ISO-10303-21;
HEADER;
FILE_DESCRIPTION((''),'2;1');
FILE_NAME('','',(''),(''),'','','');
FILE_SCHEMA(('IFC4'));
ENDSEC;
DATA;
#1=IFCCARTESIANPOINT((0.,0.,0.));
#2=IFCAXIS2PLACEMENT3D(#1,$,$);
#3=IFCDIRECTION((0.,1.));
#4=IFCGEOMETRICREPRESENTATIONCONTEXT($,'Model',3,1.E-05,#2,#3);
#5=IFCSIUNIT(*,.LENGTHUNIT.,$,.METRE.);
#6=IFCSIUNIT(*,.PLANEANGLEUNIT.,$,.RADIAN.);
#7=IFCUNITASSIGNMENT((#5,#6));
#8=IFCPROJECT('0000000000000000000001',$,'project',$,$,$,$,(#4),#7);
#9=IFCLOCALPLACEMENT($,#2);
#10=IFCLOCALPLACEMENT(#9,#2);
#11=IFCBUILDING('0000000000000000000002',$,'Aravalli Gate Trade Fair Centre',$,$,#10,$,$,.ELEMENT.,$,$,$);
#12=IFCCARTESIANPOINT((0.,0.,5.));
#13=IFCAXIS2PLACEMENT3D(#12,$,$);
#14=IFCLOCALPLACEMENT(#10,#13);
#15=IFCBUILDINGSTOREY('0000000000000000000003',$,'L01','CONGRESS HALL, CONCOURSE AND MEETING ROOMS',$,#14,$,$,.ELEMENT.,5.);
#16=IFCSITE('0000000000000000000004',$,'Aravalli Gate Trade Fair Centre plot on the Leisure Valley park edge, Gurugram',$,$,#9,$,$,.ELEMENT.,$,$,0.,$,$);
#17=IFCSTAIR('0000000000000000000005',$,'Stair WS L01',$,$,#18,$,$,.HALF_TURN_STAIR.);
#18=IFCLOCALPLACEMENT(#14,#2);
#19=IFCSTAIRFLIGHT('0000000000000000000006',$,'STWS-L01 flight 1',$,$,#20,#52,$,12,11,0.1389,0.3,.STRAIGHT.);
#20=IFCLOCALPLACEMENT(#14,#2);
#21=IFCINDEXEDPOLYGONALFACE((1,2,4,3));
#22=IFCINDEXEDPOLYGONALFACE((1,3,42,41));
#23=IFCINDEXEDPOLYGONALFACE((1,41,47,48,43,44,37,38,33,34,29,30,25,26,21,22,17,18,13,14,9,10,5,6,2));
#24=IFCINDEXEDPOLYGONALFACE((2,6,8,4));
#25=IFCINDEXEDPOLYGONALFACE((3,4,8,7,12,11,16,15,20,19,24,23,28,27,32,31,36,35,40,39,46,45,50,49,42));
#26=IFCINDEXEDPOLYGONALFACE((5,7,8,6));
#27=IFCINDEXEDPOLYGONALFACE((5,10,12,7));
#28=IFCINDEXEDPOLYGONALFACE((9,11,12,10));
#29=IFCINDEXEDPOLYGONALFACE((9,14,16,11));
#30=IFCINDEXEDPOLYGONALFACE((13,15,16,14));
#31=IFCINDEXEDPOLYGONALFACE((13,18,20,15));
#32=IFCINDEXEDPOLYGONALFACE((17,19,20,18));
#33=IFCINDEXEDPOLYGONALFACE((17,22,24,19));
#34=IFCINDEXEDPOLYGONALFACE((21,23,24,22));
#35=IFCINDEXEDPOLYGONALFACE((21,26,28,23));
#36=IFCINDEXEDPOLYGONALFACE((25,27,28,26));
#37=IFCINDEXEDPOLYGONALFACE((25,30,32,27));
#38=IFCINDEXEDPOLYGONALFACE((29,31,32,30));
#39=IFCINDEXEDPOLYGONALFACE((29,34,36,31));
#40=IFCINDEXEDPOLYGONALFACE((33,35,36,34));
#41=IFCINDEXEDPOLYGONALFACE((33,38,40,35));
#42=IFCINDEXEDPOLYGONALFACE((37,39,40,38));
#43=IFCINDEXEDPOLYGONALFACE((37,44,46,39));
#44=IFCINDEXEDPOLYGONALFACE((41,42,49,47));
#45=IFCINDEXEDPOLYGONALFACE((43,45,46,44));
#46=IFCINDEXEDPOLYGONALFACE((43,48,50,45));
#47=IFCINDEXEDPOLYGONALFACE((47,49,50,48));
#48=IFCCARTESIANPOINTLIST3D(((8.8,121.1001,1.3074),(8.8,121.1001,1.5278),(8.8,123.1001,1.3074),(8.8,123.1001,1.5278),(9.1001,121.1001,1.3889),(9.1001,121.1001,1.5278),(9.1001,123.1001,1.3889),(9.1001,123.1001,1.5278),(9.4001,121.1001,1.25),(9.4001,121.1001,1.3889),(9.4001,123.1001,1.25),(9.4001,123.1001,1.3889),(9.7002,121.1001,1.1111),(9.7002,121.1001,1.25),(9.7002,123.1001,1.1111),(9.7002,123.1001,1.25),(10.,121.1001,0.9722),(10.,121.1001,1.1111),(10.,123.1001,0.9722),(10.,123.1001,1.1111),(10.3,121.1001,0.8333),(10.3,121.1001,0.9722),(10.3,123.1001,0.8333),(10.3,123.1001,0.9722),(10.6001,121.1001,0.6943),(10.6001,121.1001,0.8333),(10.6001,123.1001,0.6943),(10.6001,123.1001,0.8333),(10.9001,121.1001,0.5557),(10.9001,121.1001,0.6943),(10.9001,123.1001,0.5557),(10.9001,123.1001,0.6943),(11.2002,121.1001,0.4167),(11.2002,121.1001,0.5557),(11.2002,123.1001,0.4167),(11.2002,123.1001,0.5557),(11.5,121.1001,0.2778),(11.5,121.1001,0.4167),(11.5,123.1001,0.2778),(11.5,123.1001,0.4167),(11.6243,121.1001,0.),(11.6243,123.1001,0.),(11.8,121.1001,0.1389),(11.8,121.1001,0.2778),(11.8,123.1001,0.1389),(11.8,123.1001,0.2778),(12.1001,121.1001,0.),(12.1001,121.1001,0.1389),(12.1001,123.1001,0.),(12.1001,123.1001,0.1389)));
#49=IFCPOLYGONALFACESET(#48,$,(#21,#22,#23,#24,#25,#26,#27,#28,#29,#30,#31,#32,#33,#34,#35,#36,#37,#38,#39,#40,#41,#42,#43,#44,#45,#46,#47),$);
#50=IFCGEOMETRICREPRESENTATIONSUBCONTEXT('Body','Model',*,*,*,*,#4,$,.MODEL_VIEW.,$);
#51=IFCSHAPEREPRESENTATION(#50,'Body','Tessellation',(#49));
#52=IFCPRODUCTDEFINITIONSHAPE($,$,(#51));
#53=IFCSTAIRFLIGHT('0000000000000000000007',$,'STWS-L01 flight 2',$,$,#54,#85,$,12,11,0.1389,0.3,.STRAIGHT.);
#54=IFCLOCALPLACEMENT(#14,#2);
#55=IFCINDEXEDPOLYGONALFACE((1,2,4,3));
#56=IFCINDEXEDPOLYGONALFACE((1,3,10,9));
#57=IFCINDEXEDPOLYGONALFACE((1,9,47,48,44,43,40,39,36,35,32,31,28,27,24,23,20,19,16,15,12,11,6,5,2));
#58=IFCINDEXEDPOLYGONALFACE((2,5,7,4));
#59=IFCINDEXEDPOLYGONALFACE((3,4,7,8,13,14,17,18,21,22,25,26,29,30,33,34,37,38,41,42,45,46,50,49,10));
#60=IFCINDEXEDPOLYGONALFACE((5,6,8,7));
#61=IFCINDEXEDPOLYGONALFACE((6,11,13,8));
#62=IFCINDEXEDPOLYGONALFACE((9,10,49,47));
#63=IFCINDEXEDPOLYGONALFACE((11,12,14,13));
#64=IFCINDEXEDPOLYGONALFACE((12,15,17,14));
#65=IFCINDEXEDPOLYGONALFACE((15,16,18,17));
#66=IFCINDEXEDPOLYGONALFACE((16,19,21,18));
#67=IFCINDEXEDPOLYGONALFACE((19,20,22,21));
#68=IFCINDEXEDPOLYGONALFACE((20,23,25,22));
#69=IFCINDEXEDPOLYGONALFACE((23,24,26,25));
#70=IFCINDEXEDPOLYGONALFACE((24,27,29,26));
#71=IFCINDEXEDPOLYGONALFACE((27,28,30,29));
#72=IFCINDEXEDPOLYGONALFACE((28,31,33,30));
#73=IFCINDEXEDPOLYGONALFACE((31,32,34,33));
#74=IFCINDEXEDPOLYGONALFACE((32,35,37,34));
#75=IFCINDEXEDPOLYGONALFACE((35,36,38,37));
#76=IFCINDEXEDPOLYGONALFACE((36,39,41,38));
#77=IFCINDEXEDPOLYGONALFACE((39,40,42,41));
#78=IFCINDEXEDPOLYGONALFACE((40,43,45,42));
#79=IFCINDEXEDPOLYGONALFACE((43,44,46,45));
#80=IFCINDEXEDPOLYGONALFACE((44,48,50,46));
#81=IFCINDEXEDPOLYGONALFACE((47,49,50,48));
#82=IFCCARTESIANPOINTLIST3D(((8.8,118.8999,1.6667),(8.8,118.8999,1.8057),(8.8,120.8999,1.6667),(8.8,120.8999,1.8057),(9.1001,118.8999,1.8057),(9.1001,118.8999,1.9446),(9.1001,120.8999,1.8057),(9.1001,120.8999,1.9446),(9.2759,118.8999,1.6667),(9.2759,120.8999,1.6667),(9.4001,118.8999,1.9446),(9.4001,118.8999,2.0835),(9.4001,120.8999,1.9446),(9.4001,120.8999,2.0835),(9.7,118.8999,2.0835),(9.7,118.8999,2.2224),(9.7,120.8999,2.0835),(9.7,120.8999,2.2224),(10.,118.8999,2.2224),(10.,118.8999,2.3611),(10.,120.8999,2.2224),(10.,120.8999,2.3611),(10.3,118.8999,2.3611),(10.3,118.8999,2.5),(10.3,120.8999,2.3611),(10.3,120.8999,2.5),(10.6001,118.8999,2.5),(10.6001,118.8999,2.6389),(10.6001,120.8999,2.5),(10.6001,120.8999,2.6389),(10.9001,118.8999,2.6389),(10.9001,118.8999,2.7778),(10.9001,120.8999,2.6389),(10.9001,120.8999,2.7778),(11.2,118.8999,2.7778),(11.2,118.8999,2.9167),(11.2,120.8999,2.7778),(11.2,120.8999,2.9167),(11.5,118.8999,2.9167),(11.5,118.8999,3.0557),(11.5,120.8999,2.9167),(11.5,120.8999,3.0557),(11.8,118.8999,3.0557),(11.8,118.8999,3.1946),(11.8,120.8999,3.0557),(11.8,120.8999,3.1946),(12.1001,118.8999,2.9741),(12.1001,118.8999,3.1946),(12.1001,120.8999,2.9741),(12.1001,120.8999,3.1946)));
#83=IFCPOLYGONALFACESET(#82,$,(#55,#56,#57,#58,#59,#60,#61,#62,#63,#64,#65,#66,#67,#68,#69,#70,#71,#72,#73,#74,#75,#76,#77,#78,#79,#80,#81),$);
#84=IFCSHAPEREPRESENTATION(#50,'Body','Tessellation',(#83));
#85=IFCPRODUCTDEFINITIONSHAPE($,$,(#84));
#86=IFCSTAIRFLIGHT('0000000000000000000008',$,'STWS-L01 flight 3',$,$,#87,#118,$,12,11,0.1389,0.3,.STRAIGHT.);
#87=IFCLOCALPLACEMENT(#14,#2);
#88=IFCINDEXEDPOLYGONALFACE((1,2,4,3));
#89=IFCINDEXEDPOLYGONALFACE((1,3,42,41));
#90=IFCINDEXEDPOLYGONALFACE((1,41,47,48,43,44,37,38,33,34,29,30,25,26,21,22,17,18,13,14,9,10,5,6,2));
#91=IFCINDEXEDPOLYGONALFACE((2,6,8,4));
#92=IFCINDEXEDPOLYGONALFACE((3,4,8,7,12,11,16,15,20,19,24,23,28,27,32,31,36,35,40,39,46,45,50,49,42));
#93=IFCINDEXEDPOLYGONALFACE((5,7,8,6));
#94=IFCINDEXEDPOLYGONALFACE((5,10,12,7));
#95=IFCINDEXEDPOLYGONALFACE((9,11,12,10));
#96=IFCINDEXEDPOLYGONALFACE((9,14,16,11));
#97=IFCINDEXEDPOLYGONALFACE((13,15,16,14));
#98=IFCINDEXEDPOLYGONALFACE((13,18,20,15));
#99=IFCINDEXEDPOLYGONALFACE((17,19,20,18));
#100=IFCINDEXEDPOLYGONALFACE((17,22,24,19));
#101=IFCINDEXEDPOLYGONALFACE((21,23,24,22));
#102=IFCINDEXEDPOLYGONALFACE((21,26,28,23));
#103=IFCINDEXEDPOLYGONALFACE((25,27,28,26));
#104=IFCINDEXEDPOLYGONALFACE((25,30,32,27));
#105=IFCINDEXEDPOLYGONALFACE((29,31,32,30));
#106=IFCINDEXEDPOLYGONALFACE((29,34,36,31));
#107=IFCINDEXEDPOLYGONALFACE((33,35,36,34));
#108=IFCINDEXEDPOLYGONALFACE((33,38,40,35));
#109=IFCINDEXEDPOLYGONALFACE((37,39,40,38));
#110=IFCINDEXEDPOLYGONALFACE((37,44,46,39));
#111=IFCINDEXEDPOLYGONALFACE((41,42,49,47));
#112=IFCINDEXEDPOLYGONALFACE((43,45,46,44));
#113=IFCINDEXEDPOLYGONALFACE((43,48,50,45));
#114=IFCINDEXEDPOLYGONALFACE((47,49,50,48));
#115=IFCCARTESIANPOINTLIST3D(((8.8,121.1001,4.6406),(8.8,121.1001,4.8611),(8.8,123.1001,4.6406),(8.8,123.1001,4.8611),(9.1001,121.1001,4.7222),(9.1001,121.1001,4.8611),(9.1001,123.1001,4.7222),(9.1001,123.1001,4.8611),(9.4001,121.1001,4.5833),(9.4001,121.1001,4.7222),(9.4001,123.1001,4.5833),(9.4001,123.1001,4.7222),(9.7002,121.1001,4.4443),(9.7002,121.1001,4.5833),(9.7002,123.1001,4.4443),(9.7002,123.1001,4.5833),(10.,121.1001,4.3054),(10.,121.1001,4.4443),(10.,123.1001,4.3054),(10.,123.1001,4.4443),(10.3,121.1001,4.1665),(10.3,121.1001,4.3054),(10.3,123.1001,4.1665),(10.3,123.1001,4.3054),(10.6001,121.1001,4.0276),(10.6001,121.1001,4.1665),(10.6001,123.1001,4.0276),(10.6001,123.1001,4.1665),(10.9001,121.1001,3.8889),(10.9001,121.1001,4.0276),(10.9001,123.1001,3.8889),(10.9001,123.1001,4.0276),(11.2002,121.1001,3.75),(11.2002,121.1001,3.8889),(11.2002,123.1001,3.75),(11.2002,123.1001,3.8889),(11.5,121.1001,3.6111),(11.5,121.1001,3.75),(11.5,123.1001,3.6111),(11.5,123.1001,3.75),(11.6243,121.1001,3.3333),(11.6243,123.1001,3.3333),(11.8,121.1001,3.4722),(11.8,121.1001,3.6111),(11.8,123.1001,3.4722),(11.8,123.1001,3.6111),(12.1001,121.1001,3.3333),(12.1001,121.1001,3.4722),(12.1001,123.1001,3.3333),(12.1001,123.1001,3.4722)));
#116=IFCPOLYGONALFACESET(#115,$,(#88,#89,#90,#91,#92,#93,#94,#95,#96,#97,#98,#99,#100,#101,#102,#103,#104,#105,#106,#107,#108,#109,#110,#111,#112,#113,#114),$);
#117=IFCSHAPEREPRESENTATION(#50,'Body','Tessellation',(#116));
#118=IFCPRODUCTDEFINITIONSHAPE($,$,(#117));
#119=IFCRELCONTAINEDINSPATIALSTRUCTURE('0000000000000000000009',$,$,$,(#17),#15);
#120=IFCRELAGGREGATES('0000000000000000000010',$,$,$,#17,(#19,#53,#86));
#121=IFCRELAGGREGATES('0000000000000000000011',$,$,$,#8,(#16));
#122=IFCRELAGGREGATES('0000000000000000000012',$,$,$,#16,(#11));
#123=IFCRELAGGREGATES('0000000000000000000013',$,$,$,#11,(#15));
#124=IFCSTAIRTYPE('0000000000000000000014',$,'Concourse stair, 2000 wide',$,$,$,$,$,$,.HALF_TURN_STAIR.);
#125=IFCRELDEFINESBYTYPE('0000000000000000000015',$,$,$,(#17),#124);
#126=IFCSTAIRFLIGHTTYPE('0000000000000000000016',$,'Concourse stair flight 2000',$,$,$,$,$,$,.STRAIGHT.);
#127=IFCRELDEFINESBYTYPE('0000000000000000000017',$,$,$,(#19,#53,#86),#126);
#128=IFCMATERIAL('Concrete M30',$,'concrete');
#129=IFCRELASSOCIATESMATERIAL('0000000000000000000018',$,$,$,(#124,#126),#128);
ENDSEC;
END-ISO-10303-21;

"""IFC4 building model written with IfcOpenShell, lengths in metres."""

from ifc_helpers import new_model, si_unit, direction, frame, origin, place, context, subcontext, project, spatial, polyline, outline, extrude, material, type_object, element, aggregate, save


model = new_model("IFC4")

# Units and contexts
model_context = context("Model", 3, precision=1e-05, world=origin(), true_north=direction((0.0, 1.0)))
body_context = subcontext(model_context, "Body", "Model", "MODEL_VIEW")
ifc_project = project(units=[si_unit("LENGTHUNIT", "METRE"), si_unit("PLANEANGLEUNIT", "RADIAN")], contexts=[model_context])

# Site, building, storey
site_placement = place(None, origin())
site = spatial("IfcSite", under=ifc_project, at=site_placement, Name="Aravalli Gate Trade Fair Centre plot on the Leisure Valley park edge, Gurugram", CompositionType="ELEMENT", RefElevation=0.0)
building_placement = place(site_placement, origin())
building = spatial("IfcBuilding", under=site, at=building_placement, Name="Aravalli Gate Trade Fair Centre", CompositionType="ELEMENT")
storey_placement = place(building_placement, frame((0.0, 0.0, 5.0)))
storey = spatial("IfcBuildingStorey", under=building, at=storey_placement, Name="L01", Description="CONGRESS HALL, CONCOURSE AND MEETING ROOMS", CompositionType="ELEMENT", Elevation=5.0)

# Stair, stair flights
ifc_material_1 = material(Name="Concrete M30", Category="concrete")
stair_type = type_object("IfcStairType", Name="Concourse stair, 2000 wide", PredefinedType="HALF_TURN_STAIR", material=ifc_material_1)
stair_placement = place(storey_placement, origin())
stair = element("IfcStair", 1, at=stair_placement, inside=storey, type_object=stair_type, Name="Stair WS L01", PredefinedType="HALF_TURN_STAIR")
stair_flight_type = type_object("IfcStairFlightType", Name="Concourse stair flight 2000", PredefinedType="STRAIGHT", material=ifc_material_1)
stair_flight_1_placement = place(storey_placement, frame((12.1001, 122.1001, 0.0), z_axis=(0.0, 0.0, 1.0), x_axis=(-1.0, 0.0, 0.0)))
stair_flight_1 = element("IfcStairFlight", 2, at=stair_flight_1_placement, type_object=stair_flight_type, Name="STWS-L01 flight 1", NumberOfRisers=12, NumberOfTreads=11, PredefinedType="STRAIGHT", RiserHeight=0.1389, TreadLength=0.3, context=body_context, shape_type="SweptSolid", body=[
    extrude(outline(polyline([(0.0, 0.0), (0.0, 0.1389), (0.3, 0.1389), (0.3, 0.2778), (0.6001, 0.2778), (0.6001, 0.4167), (0.8999, 0.4167), (0.8999, 0.5557), (1.2, 0.5557), (1.2, 0.6943), (1.5, 0.6943), (1.5, 0.8333), (1.8, 0.8333), (1.8, 0.9722), (2.1001, 0.9722), (2.1001, 1.1111), (2.3999, 1.1111), (2.3999, 1.25), (2.7, 1.25), (2.7, 1.3889), (3.0, 1.3889), (3.0, 1.5278), (3.3, 1.5278), (3.3, 1.6667), (3.3, 1.3074), (0.4758, 0.0), (0.0, 0.0)])), frame((0.0, 1.0, 0.0), z_axis=(0.0, -1.0, 0.0), x_axis=(1.0, 0.0, 0.0)), (0.0, 0.0, 1.0), 2.0),
])
stair_flight_2_placement = place(storey_placement, frame((8.8, 119.8999, 1.6667), z_axis=(0.0, 0.0, 1.0), x_axis=(1.0, 0.0, 0.0)))
stair_flight_2 = element("IfcStairFlight", 3, at=stair_flight_2_placement, type_object=stair_flight_type, Name="STWS-L01 flight 2", NumberOfRisers=12, NumberOfTreads=11, PredefinedType="STRAIGHT", RiserHeight=0.1389, TreadLength=0.3, context=body_context, shape_type="SweptSolid", body=[
    extrude(outline(polyline([(0.0, 0.0), (0.0, 0.1389), (0.3, 0.1389), (0.3, 0.2778), (0.6001, 0.2778), (0.6001, 0.4167), (0.8999, 0.4167), (0.8999, 0.5557), (1.2, 0.5557), (1.2, 0.6943), (1.5, 0.6943), (1.5, 0.8333), (1.8, 0.8333), (1.8, 0.9722), (2.1001, 0.9722), (2.1001, 1.1111), (2.3999, 1.1111), (2.3999, 1.25), (2.7, 1.25), (2.7, 1.3889), (3.0, 1.3889), (3.0, 1.5278), (3.3, 1.5278), (3.3, 1.6667), (3.3, 1.3074), (0.4758, 0.0), (0.0, 0.0)])), frame((0.0, 1.0, 0.0), z_axis=(0.0, -1.0, 0.0), x_axis=(1.0, 0.0, 0.0)), (0.0, 0.0, 1.0), 2.0),
])
stair_flight_3_placement = place(storey_placement, frame((12.1001, 122.1001, 3.3333), z_axis=(0.0, 0.0, 1.0), x_axis=(-1.0, 0.0, 0.0)))
stair_flight_3 = element("IfcStairFlight", 4, at=stair_flight_3_placement, type_object=stair_flight_type, Name="STWS-L01 flight 3", NumberOfRisers=12, NumberOfTreads=11, PredefinedType="STRAIGHT", RiserHeight=0.1389, TreadLength=0.3, context=body_context, shape_type="SweptSolid", body=[
    extrude(outline(polyline([(0.0, 0.0), (0.0, 0.1389), (0.3, 0.1389), (0.3, 0.2778), (0.6001, 0.2778), (0.6001, 0.4167), (0.8999, 0.4167), (0.8999, 0.5557), (1.2, 0.5557), (1.2, 0.6943), (1.5, 0.6943), (1.5, 0.8333), (1.8, 0.8333), (1.8, 0.9722), (2.1001, 0.9722), (2.1001, 1.1111), (2.3999, 1.1111), (2.3999, 1.25), (2.7, 1.25), (2.7, 1.3889), (3.0, 1.3889), (3.0, 1.5278), (3.3, 1.5278), (3.3, 1.6667), (3.3, 1.3074), (0.4758, 0.0), (0.0, 0.0)])), frame((0.0, 1.0, 0.0), z_axis=(0.0, -1.0, 0.0), x_axis=(1.0, 0.0, 0.0)), (0.0, 0.0, 1.0), 2.0),
])
aggregate(stair, [stair_flight_1, stair_flight_2, stair_flight_3])

save(model, "model.ifc")
